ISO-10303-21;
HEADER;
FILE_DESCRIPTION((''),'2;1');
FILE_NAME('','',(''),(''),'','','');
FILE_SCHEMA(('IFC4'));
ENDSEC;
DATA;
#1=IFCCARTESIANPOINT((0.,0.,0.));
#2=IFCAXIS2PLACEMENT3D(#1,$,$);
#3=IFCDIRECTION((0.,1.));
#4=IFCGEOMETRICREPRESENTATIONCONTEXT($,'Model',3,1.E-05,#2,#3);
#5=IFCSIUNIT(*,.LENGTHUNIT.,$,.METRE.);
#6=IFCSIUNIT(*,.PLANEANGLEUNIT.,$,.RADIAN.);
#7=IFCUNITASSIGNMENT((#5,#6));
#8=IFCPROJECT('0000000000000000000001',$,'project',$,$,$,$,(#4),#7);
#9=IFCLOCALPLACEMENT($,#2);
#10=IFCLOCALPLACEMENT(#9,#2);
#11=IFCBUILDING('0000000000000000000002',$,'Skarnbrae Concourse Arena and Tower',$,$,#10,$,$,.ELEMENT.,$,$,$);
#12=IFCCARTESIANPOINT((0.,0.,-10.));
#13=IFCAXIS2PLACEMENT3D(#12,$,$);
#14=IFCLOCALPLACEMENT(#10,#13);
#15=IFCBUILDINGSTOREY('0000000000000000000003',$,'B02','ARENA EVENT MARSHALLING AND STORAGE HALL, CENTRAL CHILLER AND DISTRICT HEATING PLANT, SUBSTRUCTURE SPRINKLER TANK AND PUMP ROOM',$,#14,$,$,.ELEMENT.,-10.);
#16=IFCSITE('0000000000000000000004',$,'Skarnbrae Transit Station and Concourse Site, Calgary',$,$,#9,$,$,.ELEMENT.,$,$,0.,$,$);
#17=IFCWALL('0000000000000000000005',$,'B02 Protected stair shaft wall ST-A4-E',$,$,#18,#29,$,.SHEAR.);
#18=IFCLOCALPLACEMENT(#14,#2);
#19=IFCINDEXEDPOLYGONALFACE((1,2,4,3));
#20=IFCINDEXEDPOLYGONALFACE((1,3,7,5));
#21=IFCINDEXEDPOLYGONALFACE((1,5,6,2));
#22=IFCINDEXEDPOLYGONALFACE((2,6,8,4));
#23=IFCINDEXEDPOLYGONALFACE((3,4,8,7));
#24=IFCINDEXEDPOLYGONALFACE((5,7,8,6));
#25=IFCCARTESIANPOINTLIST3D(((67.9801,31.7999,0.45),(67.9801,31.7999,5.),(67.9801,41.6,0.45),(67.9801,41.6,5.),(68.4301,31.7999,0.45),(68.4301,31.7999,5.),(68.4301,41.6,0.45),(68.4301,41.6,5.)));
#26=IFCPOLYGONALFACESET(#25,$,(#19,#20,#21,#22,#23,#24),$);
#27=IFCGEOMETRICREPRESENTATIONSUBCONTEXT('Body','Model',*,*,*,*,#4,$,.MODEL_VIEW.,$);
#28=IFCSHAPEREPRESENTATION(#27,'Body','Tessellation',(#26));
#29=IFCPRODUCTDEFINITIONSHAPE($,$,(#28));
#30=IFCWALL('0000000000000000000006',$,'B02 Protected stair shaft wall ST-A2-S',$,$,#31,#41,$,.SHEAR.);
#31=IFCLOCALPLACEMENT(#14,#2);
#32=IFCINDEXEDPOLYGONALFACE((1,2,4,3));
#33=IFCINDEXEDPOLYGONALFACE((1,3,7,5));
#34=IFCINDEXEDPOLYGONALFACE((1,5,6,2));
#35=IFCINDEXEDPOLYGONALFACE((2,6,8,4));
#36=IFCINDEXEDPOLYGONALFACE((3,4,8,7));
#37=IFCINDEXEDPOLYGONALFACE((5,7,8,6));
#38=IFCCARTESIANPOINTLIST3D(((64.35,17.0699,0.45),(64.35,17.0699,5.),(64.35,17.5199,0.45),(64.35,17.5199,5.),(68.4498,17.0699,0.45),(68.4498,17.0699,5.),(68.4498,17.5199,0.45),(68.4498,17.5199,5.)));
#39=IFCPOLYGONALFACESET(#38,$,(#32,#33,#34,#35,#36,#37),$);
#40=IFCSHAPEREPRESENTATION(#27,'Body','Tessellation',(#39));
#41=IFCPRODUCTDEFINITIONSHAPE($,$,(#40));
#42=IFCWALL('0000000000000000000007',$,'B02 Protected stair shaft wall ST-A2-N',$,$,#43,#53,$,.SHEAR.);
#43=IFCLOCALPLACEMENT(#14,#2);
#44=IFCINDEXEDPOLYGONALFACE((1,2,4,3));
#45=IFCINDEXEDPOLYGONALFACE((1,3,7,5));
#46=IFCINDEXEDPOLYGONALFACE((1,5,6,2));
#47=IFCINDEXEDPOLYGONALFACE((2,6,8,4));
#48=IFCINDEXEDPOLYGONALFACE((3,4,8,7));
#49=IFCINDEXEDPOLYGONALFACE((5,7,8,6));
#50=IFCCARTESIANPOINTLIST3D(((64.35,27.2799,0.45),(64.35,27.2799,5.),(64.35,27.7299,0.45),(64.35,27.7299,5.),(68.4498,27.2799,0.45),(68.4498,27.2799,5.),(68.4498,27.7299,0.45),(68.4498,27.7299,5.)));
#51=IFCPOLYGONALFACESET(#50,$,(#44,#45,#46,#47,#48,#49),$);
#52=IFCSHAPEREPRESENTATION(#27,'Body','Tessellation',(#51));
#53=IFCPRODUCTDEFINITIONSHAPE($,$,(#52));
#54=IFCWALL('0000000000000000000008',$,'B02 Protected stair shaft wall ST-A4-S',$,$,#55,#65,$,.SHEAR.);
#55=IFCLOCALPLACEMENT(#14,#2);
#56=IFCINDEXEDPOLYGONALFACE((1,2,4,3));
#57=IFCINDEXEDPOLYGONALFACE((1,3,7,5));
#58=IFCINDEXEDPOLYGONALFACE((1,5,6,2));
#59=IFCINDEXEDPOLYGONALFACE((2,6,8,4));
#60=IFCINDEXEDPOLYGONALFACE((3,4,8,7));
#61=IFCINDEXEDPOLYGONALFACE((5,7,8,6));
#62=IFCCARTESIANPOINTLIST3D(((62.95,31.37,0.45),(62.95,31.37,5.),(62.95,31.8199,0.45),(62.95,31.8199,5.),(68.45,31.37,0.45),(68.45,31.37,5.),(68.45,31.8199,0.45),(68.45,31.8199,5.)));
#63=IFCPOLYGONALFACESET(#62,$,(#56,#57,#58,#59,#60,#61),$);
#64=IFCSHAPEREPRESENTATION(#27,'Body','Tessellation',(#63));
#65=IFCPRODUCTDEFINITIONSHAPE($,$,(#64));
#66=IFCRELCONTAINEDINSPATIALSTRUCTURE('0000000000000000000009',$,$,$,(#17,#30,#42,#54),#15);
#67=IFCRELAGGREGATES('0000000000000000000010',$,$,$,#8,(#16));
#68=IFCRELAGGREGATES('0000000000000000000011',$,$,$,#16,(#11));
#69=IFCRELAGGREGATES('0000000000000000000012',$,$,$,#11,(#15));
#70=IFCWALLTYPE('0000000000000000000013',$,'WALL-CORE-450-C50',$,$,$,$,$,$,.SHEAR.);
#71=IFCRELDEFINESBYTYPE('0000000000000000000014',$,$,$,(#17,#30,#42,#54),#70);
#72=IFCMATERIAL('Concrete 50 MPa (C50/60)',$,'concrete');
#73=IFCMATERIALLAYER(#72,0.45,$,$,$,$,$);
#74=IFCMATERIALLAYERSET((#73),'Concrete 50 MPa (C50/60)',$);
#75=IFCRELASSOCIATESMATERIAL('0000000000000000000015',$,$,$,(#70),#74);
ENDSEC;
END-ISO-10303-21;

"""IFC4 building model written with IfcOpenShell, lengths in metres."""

from ifc_helpers import new_model, si_unit, direction, frame, frame_2d, origin, place, context, subcontext, project, spatial, rectangle, extrude, source, transform, mapped, material, layer, layer_set, type_object, element, save


model = new_model("IFC4")

# Units and contexts
model_context = context("Model", 3, precision=1e-05, world=origin(), true_north=direction((0.0, 1.0)))
body_context = subcontext(model_context, "Body", "Model", "MODEL_VIEW")
ifc_project = project(units=[si_unit("LENGTHUNIT", "METRE"), si_unit("PLANEANGLEUNIT", "RADIAN")], contexts=[model_context])

# Site, building, storey
site_placement = place(None, origin())
site = spatial("IfcSite", under=ifc_project, at=site_placement, Name="Skarnbrae Transit Station and Concourse Site, Calgary", CompositionType="ELEMENT", RefElevation=0.0)
building_placement = place(site_placement, origin())
building = spatial("IfcBuilding", under=site, at=building_placement, Name="Skarnbrae Concourse Arena and Tower", CompositionType="ELEMENT")
storey_placement = place(building_placement, frame((0.0, 0.0, -10.0)))
storey = spatial("IfcBuildingStorey", under=building, at=storey_placement, Name="B02", Description="ARENA EVENT MARSHALLING AND STORAGE HALL, CENTRAL CHILLER AND DISTRICT HEATING PLANT, SUBSTRUCTURE SPRINKLER TANK AND PUMP ROOM", CompositionType="ELEMENT", Elevation=-10.0)

# Shared definitions
ifc_material_1 = material(Name="Concrete 50 MPa (C50/60)", Category="concrete")

# Walls
ifc_layer = layer(ifc_material_1, 0.45)
ifc_layer_set = layer_set([ifc_layer], Name="Concrete 50 MPa (C50/60)")
wall_type = type_object("IfcWallType", Name="WALL-CORE-450-C50", PredefinedType="SHEAR", material=ifc_layer_set)
shared_shape_1 = source(origin(), body_context, "Body", "SweptSolid", [
    extrude(rectangle(XDim=9.8, YDim=0.45, at=frame_2d((4.8999, 0.0))), origin(), (0.0, 0.0, 1.0), 4.55),
])
for number, where, z_axis, x_axis, name in (
    (1, (68.2051, 31.8, 0.45), (0.0, 0.0, 1.0), (0.0, 1.0, 0.0), "B02 Protected stair shaft wall ST-A4-E"),
):
    element("IfcWall", number, at=place(storey_placement, frame(where, z_axis=z_axis, x_axis=x_axis)), inside=storey, type_object=wall_type, Name=name, PredefinedType="SHEAR", context=body_context, shape_type="MappedRepresentation", body=[
        mapped(shared_shape_1, transform((0.0, 0.0, 0.0))),
    ])
shared_shape_2 = source(origin(), body_context, "Body", "SweptSolid", [
    extrude(rectangle(XDim=4.0999, YDim=0.45, at=frame_2d((2.0498, 0.0))), origin(), (0.0, 0.0, 1.0), 4.55),
])
for number, where, z_axis, x_axis, name in (
    (2, (64.3501, 17.2949, 0.45), (0.0, 0.0, 1.0), (1.0, 0.0, 0.0), "B02 Protected stair shaft wall ST-A2-S"),
    (3, (64.3501, 27.5049, 0.45), (0.0, 0.0, 1.0), (1.0, 0.0, 0.0), "B02 Protected stair shaft wall ST-A2-N"),
):
    element("IfcWall", number, at=place(storey_placement, frame(where, z_axis=z_axis, x_axis=x_axis)), inside=storey, type_object=wall_type, Name=name, PredefinedType="SHEAR", context=body_context, shape_type="MappedRepresentation", body=[
        mapped(shared_shape_2, transform((0.0, 0.0, 0.0))),
    ])
shared_shape_3 = source(origin(), body_context, "Body", "SweptSolid", [
    extrude(rectangle(XDim=5.5, YDim=0.45, at=frame_2d((2.75, 0.0))), origin(), (0.0, 0.0, 1.0), 4.55),
])
wall_placement = place(storey_placement, frame((62.95, 31.595, 0.45), z_axis=(0.0, 0.0, 1.0), x_axis=(1.0, 0.0, 0.0)))
element("IfcWall", 4, at=wall_placement, inside=storey, type_object=wall_type, Name="B02 Protected stair shaft wall ST-A4-S", PredefinedType="SHEAR", context=body_context, shape_type="MappedRepresentation", body=[
    mapped(shared_shape_3, transform((0.0, 0.0, 0.0))),
])

save(model, "model.ifc")
